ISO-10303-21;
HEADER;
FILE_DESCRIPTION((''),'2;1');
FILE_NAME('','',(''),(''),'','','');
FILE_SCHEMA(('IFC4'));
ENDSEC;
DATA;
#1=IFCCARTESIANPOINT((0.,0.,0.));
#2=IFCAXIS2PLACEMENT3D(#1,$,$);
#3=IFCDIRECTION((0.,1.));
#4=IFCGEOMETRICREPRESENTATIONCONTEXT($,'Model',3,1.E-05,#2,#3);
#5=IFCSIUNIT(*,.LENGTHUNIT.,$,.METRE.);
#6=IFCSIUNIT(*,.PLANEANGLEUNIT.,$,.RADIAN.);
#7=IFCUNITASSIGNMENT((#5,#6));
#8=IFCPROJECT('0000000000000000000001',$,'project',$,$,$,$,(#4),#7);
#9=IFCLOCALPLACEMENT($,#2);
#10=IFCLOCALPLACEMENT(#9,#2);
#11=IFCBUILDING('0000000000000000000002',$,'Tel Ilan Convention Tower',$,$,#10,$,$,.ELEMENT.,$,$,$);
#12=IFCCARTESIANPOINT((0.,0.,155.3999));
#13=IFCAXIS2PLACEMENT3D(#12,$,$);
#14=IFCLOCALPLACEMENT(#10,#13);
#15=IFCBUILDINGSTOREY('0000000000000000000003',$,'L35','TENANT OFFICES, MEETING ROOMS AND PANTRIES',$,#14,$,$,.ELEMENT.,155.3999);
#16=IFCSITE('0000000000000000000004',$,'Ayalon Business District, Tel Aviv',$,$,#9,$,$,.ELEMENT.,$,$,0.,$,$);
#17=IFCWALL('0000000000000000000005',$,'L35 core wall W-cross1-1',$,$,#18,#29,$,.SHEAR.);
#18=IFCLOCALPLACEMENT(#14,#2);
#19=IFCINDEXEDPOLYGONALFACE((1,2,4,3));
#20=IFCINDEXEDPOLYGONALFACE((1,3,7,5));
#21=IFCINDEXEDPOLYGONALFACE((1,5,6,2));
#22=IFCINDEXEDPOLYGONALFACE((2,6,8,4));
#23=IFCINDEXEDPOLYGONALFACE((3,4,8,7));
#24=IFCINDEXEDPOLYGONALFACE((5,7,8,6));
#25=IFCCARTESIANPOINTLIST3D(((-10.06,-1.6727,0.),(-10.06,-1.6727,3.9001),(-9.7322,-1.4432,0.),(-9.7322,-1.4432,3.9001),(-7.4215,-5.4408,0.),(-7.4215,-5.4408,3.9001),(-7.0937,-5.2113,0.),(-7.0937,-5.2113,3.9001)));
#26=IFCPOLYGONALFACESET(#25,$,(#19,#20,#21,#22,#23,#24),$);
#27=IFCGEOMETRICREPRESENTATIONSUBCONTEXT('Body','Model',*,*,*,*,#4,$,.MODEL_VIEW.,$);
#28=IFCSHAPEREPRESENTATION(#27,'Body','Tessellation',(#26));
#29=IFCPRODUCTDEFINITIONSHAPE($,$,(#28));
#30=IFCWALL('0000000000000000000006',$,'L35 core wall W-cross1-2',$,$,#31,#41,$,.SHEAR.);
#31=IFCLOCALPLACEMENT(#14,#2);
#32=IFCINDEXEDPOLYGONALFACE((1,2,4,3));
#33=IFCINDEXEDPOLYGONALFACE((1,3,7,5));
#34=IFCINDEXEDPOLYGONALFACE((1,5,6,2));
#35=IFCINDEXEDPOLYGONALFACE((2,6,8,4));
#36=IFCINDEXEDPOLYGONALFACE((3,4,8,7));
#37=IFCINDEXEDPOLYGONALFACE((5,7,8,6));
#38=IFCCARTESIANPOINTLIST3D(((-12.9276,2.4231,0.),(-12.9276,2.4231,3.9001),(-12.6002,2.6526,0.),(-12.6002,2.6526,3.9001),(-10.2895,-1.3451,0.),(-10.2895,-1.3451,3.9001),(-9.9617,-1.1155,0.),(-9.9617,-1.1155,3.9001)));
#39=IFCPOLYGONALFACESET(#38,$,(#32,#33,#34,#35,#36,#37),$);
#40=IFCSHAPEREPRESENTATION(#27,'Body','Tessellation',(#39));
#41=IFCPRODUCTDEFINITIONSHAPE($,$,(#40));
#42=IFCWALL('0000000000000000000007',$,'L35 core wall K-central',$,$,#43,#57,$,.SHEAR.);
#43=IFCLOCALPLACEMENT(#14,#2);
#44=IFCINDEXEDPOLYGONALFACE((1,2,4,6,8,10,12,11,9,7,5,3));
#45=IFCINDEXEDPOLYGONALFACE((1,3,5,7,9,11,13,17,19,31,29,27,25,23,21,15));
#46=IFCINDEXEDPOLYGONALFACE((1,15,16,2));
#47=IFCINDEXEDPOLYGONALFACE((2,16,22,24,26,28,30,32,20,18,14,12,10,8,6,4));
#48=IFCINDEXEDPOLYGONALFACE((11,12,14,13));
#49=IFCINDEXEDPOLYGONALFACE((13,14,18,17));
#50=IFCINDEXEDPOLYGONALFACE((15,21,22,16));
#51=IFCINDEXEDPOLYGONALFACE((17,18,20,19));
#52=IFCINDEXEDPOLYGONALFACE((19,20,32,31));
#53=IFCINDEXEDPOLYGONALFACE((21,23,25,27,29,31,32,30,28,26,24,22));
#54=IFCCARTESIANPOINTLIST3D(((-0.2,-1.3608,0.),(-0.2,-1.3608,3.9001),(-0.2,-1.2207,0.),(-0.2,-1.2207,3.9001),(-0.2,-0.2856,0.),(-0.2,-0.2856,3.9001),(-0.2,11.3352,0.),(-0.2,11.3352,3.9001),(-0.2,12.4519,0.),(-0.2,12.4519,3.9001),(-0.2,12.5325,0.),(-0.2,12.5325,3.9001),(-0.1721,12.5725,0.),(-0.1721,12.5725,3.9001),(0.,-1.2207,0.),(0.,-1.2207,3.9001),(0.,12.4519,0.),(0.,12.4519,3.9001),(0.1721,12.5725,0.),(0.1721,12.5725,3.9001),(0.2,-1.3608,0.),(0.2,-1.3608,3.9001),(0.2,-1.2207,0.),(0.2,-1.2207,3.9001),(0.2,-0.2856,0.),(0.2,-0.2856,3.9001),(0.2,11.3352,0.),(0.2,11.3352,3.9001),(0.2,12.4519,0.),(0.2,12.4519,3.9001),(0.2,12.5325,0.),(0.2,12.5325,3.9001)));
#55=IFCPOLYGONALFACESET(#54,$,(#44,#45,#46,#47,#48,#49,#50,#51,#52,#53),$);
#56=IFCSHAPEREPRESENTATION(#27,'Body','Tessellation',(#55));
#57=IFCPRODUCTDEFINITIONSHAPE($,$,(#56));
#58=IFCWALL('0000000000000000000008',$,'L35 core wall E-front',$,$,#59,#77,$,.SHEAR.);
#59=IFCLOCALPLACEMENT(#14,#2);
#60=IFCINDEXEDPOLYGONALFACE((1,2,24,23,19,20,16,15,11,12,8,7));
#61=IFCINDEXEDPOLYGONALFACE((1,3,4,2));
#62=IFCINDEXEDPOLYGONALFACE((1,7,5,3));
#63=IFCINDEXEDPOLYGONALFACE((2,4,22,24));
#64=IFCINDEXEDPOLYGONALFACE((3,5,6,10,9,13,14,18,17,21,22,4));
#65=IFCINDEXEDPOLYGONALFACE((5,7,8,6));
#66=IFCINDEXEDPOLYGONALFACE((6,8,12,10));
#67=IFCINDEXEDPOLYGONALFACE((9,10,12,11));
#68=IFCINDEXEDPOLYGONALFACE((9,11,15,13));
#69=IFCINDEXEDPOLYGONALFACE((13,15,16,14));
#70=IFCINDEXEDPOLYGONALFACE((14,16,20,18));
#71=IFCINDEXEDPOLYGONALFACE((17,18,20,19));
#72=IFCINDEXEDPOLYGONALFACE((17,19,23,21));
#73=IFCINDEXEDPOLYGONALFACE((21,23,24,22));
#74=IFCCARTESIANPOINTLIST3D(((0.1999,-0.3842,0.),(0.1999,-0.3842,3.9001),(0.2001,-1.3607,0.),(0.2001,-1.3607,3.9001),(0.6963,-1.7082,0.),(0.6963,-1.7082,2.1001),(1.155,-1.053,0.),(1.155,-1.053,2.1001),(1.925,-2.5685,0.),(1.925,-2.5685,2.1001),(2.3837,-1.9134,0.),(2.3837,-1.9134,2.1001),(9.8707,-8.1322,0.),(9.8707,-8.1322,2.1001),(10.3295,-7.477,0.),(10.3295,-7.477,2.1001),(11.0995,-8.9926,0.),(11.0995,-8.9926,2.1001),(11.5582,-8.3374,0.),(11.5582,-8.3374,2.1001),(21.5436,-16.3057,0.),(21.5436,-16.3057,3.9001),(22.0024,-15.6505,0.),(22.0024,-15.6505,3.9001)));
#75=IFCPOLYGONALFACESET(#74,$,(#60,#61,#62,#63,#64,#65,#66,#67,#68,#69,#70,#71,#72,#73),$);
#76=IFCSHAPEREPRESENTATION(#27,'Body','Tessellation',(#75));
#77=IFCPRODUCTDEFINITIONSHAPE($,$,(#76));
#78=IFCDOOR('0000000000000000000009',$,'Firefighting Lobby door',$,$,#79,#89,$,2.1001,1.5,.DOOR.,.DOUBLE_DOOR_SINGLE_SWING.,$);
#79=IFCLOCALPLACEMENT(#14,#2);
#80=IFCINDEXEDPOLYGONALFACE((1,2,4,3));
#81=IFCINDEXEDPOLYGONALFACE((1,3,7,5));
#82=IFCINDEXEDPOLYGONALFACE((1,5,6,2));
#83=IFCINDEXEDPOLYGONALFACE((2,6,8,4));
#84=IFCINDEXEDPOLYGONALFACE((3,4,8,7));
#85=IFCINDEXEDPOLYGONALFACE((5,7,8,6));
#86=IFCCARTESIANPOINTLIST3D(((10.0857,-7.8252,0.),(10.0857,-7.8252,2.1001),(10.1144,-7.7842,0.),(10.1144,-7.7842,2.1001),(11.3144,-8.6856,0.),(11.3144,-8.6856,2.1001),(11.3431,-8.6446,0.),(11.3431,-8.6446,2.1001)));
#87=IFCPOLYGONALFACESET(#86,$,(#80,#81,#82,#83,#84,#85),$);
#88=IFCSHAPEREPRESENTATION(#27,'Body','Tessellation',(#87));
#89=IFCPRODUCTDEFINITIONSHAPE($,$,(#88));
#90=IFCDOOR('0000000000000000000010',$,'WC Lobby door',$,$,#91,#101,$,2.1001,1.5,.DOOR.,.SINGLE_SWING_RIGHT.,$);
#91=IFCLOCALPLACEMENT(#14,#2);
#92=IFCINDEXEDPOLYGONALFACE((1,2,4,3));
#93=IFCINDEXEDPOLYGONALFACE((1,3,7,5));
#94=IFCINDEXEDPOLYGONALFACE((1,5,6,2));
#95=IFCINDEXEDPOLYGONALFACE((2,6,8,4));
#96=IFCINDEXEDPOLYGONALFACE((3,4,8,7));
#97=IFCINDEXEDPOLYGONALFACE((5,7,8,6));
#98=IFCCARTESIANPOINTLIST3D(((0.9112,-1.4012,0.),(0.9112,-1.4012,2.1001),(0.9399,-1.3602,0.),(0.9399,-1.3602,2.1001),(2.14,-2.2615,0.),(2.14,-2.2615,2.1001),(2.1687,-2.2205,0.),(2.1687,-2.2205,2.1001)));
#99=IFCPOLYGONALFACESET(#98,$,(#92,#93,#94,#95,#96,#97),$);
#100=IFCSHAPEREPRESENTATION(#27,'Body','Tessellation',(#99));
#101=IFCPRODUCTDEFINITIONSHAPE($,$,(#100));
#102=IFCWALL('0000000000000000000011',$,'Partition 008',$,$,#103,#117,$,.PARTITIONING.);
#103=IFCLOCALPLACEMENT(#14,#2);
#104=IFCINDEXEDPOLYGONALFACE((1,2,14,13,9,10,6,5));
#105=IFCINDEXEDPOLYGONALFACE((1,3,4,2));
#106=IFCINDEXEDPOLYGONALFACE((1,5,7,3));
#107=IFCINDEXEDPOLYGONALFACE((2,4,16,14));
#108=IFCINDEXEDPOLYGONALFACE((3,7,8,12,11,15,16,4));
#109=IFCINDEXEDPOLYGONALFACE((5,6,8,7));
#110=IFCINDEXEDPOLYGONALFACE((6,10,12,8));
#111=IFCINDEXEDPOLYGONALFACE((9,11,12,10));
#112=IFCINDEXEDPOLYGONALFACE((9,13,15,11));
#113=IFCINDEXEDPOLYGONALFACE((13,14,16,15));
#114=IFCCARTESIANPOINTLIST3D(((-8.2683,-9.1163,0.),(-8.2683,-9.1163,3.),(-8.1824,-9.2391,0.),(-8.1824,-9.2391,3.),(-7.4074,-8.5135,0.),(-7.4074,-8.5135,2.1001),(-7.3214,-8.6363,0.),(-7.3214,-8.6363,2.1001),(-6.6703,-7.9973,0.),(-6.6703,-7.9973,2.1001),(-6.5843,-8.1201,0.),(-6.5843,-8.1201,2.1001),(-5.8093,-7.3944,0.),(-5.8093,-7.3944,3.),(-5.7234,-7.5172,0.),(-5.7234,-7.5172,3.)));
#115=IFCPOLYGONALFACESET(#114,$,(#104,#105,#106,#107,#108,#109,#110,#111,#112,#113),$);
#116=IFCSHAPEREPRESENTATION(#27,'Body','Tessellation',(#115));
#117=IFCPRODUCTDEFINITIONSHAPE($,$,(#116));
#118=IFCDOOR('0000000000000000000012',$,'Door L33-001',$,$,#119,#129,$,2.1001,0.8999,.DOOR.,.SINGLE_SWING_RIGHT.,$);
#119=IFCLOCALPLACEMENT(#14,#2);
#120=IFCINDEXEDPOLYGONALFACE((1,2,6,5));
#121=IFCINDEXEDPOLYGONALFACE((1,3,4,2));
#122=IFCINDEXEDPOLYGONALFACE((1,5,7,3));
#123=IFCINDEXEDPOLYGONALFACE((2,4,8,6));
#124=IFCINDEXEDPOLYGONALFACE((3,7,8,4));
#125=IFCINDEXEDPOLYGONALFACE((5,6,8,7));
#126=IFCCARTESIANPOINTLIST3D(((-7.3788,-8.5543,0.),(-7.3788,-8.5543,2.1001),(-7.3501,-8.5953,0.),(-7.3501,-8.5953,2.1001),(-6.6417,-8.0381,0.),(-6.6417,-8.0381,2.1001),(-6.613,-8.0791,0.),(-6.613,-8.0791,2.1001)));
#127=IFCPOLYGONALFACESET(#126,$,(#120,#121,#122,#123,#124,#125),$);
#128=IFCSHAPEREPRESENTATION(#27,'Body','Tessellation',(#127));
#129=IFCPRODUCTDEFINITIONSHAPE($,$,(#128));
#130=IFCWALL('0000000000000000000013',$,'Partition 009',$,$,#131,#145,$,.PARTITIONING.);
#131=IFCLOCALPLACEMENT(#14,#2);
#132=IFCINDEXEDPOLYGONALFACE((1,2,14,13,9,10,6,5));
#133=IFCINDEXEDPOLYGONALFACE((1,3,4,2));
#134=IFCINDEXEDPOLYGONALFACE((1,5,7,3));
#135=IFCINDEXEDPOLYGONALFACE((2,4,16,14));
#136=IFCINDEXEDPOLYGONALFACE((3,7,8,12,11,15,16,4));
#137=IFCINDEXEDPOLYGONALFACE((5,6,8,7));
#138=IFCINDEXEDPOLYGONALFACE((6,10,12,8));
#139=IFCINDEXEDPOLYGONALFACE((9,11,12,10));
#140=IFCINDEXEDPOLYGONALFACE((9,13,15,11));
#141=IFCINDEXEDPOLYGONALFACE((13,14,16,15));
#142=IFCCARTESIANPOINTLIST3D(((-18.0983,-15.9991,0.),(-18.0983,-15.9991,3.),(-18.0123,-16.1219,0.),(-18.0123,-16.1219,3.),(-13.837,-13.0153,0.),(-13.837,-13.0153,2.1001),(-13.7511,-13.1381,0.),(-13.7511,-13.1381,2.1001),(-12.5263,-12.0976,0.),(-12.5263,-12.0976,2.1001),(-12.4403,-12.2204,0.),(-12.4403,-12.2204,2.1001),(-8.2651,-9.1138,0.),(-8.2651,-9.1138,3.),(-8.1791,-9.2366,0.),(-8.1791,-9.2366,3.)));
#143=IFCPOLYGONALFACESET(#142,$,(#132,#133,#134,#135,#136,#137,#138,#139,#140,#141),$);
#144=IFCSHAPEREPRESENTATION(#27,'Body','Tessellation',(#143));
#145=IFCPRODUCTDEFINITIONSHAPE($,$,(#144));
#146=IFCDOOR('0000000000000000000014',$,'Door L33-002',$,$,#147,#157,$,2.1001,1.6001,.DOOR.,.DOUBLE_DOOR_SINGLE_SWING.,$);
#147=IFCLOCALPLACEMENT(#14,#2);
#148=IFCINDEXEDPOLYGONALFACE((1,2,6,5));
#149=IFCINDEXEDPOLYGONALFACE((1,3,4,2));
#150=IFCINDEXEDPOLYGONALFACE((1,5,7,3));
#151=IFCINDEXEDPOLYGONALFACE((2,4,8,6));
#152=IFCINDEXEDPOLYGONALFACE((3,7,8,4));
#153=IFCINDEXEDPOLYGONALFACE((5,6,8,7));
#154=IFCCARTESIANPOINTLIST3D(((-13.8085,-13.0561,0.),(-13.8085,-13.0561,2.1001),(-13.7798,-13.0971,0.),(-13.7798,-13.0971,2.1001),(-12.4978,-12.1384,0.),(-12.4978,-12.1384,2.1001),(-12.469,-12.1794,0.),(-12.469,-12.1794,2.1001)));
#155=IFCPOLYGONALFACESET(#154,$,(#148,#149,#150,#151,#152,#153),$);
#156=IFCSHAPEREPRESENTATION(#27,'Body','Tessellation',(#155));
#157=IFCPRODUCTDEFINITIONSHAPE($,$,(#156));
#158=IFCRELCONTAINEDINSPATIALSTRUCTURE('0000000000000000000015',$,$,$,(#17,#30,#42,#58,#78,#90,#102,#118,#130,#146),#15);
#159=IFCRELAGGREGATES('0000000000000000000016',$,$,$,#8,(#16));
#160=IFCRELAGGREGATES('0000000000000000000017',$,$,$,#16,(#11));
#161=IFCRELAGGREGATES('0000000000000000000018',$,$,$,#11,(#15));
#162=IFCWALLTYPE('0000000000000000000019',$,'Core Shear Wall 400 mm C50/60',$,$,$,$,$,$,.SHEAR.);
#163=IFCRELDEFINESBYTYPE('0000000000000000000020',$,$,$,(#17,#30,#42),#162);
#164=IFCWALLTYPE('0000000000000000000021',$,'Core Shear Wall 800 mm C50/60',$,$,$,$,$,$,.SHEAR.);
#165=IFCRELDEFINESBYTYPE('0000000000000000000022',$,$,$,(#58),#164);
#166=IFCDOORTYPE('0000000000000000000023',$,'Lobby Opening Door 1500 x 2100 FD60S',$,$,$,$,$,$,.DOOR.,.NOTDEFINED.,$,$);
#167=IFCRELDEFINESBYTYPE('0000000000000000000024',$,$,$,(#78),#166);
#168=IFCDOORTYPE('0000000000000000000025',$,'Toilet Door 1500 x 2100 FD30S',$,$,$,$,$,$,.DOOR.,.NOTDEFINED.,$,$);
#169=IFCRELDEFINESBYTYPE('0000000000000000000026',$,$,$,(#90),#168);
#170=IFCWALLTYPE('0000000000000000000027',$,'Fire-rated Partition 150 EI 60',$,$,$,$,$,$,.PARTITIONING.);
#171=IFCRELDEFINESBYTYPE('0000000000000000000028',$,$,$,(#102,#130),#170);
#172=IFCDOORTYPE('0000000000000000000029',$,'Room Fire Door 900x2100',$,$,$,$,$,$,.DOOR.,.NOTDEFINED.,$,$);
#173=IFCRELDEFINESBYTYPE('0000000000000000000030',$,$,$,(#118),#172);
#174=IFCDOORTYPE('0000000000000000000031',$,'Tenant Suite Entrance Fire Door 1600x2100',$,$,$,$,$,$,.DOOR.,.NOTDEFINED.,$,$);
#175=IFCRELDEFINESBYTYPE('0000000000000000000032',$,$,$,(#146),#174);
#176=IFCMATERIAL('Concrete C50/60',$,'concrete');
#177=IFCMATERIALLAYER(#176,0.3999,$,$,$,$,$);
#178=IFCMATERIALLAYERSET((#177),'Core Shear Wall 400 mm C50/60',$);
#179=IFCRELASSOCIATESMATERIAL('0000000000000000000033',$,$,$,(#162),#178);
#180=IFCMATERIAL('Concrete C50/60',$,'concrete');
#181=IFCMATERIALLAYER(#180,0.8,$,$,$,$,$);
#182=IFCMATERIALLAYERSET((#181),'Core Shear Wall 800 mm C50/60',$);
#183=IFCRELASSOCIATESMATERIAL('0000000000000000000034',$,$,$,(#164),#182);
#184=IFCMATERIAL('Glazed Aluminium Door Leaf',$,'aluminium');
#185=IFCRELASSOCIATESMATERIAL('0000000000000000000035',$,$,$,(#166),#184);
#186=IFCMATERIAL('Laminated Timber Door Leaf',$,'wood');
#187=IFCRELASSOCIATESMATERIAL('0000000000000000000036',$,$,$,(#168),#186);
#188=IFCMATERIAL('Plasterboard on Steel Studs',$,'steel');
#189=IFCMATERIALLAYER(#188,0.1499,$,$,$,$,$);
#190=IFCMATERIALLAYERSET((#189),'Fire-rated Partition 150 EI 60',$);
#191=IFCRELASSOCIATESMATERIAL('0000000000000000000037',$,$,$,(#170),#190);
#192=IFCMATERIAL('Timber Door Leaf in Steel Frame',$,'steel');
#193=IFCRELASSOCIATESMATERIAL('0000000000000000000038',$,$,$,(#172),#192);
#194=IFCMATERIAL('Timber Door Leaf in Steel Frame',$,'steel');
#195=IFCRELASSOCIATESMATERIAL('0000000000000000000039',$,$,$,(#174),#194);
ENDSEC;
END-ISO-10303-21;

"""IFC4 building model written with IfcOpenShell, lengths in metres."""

from ifc_helpers import new_model, si_unit, direction, frame, frame_2d, origin, place, context, subcontext, project, spatial, polyline, rectangle, outline, extrude, material, layer, layer_set, type_object, element, fill, save


model = new_model("IFC4")

# Units and contexts
model_context = context("Model", 3, precision=1e-05, world=origin(), true_north=direction((0.0, 1.0)))
body_context = subcontext(model_context, "Body", "Model", "MODEL_VIEW")
ifc_project = project(units=[si_unit("LENGTHUNIT", "METRE"), si_unit("PLANEANGLEUNIT", "RADIAN")], contexts=[model_context])

# Site, building, storey
site_placement = place(None, origin())
site = spatial("IfcSite", under=ifc_project, at=site_placement, Name="Ayalon Business District, Tel Aviv", CompositionType="ELEMENT", RefElevation=0.0)
building_placement = place(site_placement, origin())
building = spatial("IfcBuilding", under=site, at=building_placement, Name="Tel Ilan Convention Tower", CompositionType="ELEMENT")
storey_placement = place(building_placement, frame((0.0, 0.0, 155.3999)))
storey = spatial("IfcBuildingStorey", under=building, at=storey_placement, Name="L35", Description="TENANT OFFICES, MEETING ROOMS AND PANTRIES", CompositionType="ELEMENT", Elevation=155.3999)

# Walls
ifc_material_1 = material(Name="Concrete C50/60", Category="concrete")
ifc_layer_1 = layer(ifc_material_1, 0.3999)
ifc_layer_set_1 = layer_set([ifc_layer_1], Name="Core Shear Wall 400 mm C50/60")
wall_type_1 = type_object("IfcWallType", Name="Core Shear Wall 400 mm C50/60", PredefinedType="SHEAR", material=ifc_layer_set_1)
wall_1_placement = place(storey_placement, frame((-7.2578, -5.3259, 0.0), z_axis=(0.0, 0.0, 1.0), x_axis=(-0.573541, 0.819177, 0.0)))
element("IfcWall", 1, at=wall_1_placement, inside=storey, type_object=wall_type_1, Name="L35 core wall W-cross1-1", PredefinedType="SHEAR", context=body_context, shape_type="SweptSolid", body=[
    extrude(outline(polyline([(4.5999, 0.2002), (-0.0002, 0.2), (-0.0002, -0.2002), (4.5999, -0.2), (4.5999, 0.2002)])), origin(), (0.0, 0.0, 1.0), 3.9001),
])
wall_2_placement = place(storey_placement, frame((-10.1255, -1.2302, 0.0), z_axis=(0.0, 0.0, 1.0), x_axis=(-0.573576, 0.819152, 0.0)))
element("IfcWall", 2, at=wall_2_placement, inside=storey, type_object=wall_type_1, Name="L35 core wall W-cross1-2", PredefinedType="SHEAR", context=body_context, shape_type="SweptSolid", body=[
    extrude(outline(polyline([(4.6001, -0.2), (4.5999, 0.2), (0.0, 0.2002), (0.0, -0.2), (4.6001, -0.2)])), origin(), (0.0, 0.0, 1.0), 3.9001),
])
wall_3_placement = place(storey_placement, frame((0.0, -1.3608, 0.0), z_axis=(0.0, 0.0, 1.0), x_axis=(0.0, 1.0, 0.0)))
element("IfcWall", 3, at=wall_3_placement, inside=storey, type_object=wall_type_1, Name="L35 core wall K-central", PredefinedType="SHEAR", context=body_context, shape_type="SweptSolid", body=[
    extrude(outline(polyline([(0.0, -0.2), (0.1401, -0.2), (1.0752, -0.2), (12.696, -0.2), (13.8127, -0.2), (13.8933, -0.2), (13.9333, -0.1721), (13.8127, 0.0), (13.9333, 0.1721), (13.8933, 0.2), (13.8127, 0.2), (12.696, 0.2), (1.0752, 0.2), (0.1401, 0.2), (0.0, 0.2), (0.1401, 0.0), (0.0, -0.2)])), origin(), (0.0, 0.0, 1.0), 3.9001),
])

# Wall, openings, doors
ifc_material_2 = material(Name="Concrete C50/60", Category="concrete")
ifc_layer_2 = layer(ifc_material_2, 0.8)
ifc_layer_set_2 = layer_set([ifc_layer_2], Name="Core Shear Wall 800 mm C50/60")
wall_type_2 = type_object("IfcWallType", Name="Core Shear Wall 800 mm C50/60", PredefinedType="SHEAR", material=ifc_layer_set_2)
wall_4_placement = place(storey_placement, frame((-0.0293, -0.7119, 0.0), z_axis=(0.0, 0.0, 1.0), x_axis=(0.819152, -0.573577, 0.0)))
wall_4 = element("IfcWall", 4, at=wall_4_placement, inside=storey, type_object=wall_type_2, Name="L35 core wall E-front", PredefinedType="SHEAR", context=body_context, shape_type="SweptSolid", body=[
    extrude(outline(polyline([(26.6157, 0.3999), (-0.0002, 0.3999), (0.5601, -0.3999), (26.6157, -0.3999), (26.6157, 0.3999)])), origin(), (0.0, 0.0, 1.0), 3.9001),
])
opening_1_placement = place(wall_4_placement, frame((1.1658, 0.0, 0.0)))
opening_1 = element("IfcOpeningElement", 5, at=opening_1_placement, cuts=wall_4, PredefinedType="OPENING", context=body_context, shape_type="SweptSolid", body=[
    extrude(rectangle(XDim=1.5, YDim=2.1001, at=frame_2d((0.75, 1.05))), frame((0.0, 0.4099, 0.0), z_axis=(0.0, -1.0, 0.0), x_axis=(1.0, 0.0, 0.0)), (0.0, 0.0, 1.0), 0.8201),
])
opening_2_placement = place(wall_4_placement, frame((12.3657, 0.0, 0.0)))
opening_2 = element("IfcOpeningElement", 6, at=opening_2_placement, cuts=wall_4, PredefinedType="OPENING", context=body_context, shape_type="SweptSolid", body=[
    extrude(rectangle(XDim=1.5, YDim=2.1001, at=frame_2d((0.75, 1.05))), frame((0.0, 0.4099, 0.0), z_axis=(0.0, -1.0, 0.0), x_axis=(1.0, 0.0, 0.0)), (0.0, 0.0, 1.0), 0.8201),
])
ifc_material_3 = material(Name="Glazed Aluminium Door Leaf", Category="aluminium")
door_type_1 = type_object("IfcDoorType", Name="Lobby Opening Door 1500 x 2100 FD60S", OperationType="NOTDEFINED", PredefinedType="DOOR", material=ifc_material_3)
door_1_placement = place(opening_2_placement, origin())
door_1 = element("IfcDoor", 7, at=door_1_placement, inside=storey, type_object=door_type_1, Name="Firefighting Lobby door", OperationType="DOUBLE_DOOR_SINGLE_SWING", OverallHeight=2.1001, OverallWidth=1.5, PredefinedType="DOOR", context=body_context, shape_type="SweptSolid", body=[
    extrude(rectangle(XDim=1.5, YDim=2.1001, at=frame_2d((0.75, 1.05))), frame((0.0, 0.0249, 0.0), z_axis=(0.0, -1.0, 0.0), x_axis=(1.0, 0.0, 0.0)), (0.0, 0.0, 1.0), 0.05),
])
fill(opening_2, door_1)
ifc_material_4 = material(Name="Laminated Timber Door Leaf", Category="wood")
door_type_2 = type_object("IfcDoorType", Name="Toilet Door 1500 x 2100 FD30S", OperationType="NOTDEFINED", PredefinedType="DOOR", material=ifc_material_4)
door_2_placement = place(opening_1_placement, origin())
door_2 = element("IfcDoor", 8, at=door_2_placement, inside=storey, type_object=door_type_2, Name="WC Lobby door", OperationType="SINGLE_SWING_RIGHT", OverallHeight=2.1001, OverallWidth=1.5, PredefinedType="DOOR", context=body_context, shape_type="SweptSolid", body=[
    extrude(rectangle(XDim=1.5, YDim=2.1001, at=frame_2d((0.75, 1.05))), frame((0.0, 0.0249, 0.0), z_axis=(0.0, -1.0, 0.0), x_axis=(1.0, 0.0, 0.0)), (0.0, 0.0, 1.0), 0.05),
])
fill(opening_1, door_2)

# Walls, openings, doors
ifc_material_5 = material(Name="Plasterboard on Steel Studs", Category="steel")
ifc_layer_3 = layer(ifc_material_5, 0.1499)
ifc_layer_set_3 = layer_set([ifc_layer_3], Name="Fire-rated Partition 150 EI 60")
wall_type_3 = type_object("IfcWallType", Name="Fire-rated Partition 150 EI 60", PredefinedType="PARTITIONING", material=ifc_layer_set_3)
wall_5_placement = place(storey_placement, frame((-5.7664, -7.4558, 0.0), z_axis=(0.0, 0.0, 1.0), x_axis=(-0.819133, -0.573604, 0.0)))
wall_5 = element("IfcWall", 9, at=wall_5_placement, inside=storey, type_object=wall_type_3, Name="Partition 008", PredefinedType="PARTITIONING", context=body_context, shape_type="SweptSolid", body=[
    extrude(rectangle(XDim=3.002, YDim=0.1499, at=frame_2d((1.501, 0.0))), origin(), (0.0, 0.0, 1.0), 3.0),
])
opening_3_placement = place(wall_5_placement, frame((1.051, 0.0, 0.0)))
opening_3 = element("IfcOpeningElement", 10, at=opening_3_placement, cuts=wall_5, PredefinedType="OPENING", context=body_context, shape_type="SweptSolid", body=[
    extrude(rectangle(XDim=0.8999, YDim=2.1001, at=frame_2d((0.45, 1.05))), frame((0.0, 0.085, 0.0), z_axis=(0.0, -1.0, 0.0), x_axis=(1.0, 0.0, 0.0)), (0.0, 0.0, 1.0), 0.1699),
])
ifc_material_6 = material(Name="Timber Door Leaf in Steel Frame", Category="steel")
door_type_3 = type_object("IfcDoorType", Name="Room Fire Door 900x2100", OperationType="NOTDEFINED", PredefinedType="DOOR", material=ifc_material_6)
door_3_placement = place(opening_3_placement, origin())
door_3 = element("IfcDoor", 11, at=door_3_placement, inside=storey, type_object=door_type_3, Name="Door L33-001", OperationType="SINGLE_SWING_RIGHT", OverallHeight=2.1001, OverallWidth=0.8999, PredefinedType="DOOR", context=body_context, shape_type="SweptSolid", body=[
    extrude(rectangle(XDim=0.8999, YDim=2.1001, at=frame_2d((0.45, 1.05))), frame((0.0, 0.0249, 0.0), z_axis=(0.0, -1.0, 0.0), x_axis=(1.0, 0.0, 0.0)), (0.0, 0.0, 1.0), 0.05),
])
fill(opening_3, door_3)
wall_6_placement = place(storey_placement, frame((-8.2222, -9.1753, 0.0), z_axis=(0.0, 0.0, 1.0), x_axis=(-0.819155, -0.573573, 0.0)))
wall_6 = element("IfcWall", 12, at=wall_6_placement, inside=storey, type_object=wall_type_3, Name="Partition 009", PredefinedType="PARTITIONING", context=body_context, shape_type="SweptSolid", body=[
    extrude(rectangle(XDim=12.0042, YDim=0.1499, at=frame_2d((6.002, 0.0))), origin(), (0.0, 0.0, 1.0), 3.0),
])
opening_4_placement = place(wall_6_placement, frame((5.2019, 0.0, 0.0)))
opening_4 = element("IfcOpeningElement", 13, at=opening_4_placement, cuts=wall_6, PredefinedType="OPENING", context=body_context, shape_type="SweptSolid", body=[
    extrude(rectangle(XDim=1.6001, YDim=2.1001, at=frame_2d((0.8, 1.05))), frame((0.0, 0.085, 0.0), z_axis=(0.0, -1.0, 0.0), x_axis=(1.0, 0.0, 0.0)), (0.0, 0.0, 1.0), 0.1699),
])
ifc_material_7 = material(Name="Timber Door Leaf in Steel Frame", Category="steel")
door_type_4 = type_object("IfcDoorType", Name="Tenant Suite Entrance Fire Door 1600x2100", OperationType="NOTDEFINED", PredefinedType="DOOR", material=ifc_material_7)
door_4_placement = place(opening_4_placement, origin())
door_4 = element("IfcDoor", 14, at=door_4_placement, inside=storey, type_object=door_type_4, Name="Door L33-002", OperationType="DOUBLE_DOOR_SINGLE_SWING", OverallHeight=2.1001, OverallWidth=1.6001, PredefinedType="DOOR", context=body_context, shape_type="SweptSolid", body=[
    extrude(rectangle(XDim=1.6001, YDim=2.1001, at=frame_2d((0.8, 1.05))), frame((0.0, 0.0249, 0.0), z_axis=(0.0, -1.0, 0.0), x_axis=(1.0, 0.0, 0.0)), (0.0, 0.0, 1.0), 0.05),
])
fill(opening_4, door_4)

save(model, "model.ifc")
